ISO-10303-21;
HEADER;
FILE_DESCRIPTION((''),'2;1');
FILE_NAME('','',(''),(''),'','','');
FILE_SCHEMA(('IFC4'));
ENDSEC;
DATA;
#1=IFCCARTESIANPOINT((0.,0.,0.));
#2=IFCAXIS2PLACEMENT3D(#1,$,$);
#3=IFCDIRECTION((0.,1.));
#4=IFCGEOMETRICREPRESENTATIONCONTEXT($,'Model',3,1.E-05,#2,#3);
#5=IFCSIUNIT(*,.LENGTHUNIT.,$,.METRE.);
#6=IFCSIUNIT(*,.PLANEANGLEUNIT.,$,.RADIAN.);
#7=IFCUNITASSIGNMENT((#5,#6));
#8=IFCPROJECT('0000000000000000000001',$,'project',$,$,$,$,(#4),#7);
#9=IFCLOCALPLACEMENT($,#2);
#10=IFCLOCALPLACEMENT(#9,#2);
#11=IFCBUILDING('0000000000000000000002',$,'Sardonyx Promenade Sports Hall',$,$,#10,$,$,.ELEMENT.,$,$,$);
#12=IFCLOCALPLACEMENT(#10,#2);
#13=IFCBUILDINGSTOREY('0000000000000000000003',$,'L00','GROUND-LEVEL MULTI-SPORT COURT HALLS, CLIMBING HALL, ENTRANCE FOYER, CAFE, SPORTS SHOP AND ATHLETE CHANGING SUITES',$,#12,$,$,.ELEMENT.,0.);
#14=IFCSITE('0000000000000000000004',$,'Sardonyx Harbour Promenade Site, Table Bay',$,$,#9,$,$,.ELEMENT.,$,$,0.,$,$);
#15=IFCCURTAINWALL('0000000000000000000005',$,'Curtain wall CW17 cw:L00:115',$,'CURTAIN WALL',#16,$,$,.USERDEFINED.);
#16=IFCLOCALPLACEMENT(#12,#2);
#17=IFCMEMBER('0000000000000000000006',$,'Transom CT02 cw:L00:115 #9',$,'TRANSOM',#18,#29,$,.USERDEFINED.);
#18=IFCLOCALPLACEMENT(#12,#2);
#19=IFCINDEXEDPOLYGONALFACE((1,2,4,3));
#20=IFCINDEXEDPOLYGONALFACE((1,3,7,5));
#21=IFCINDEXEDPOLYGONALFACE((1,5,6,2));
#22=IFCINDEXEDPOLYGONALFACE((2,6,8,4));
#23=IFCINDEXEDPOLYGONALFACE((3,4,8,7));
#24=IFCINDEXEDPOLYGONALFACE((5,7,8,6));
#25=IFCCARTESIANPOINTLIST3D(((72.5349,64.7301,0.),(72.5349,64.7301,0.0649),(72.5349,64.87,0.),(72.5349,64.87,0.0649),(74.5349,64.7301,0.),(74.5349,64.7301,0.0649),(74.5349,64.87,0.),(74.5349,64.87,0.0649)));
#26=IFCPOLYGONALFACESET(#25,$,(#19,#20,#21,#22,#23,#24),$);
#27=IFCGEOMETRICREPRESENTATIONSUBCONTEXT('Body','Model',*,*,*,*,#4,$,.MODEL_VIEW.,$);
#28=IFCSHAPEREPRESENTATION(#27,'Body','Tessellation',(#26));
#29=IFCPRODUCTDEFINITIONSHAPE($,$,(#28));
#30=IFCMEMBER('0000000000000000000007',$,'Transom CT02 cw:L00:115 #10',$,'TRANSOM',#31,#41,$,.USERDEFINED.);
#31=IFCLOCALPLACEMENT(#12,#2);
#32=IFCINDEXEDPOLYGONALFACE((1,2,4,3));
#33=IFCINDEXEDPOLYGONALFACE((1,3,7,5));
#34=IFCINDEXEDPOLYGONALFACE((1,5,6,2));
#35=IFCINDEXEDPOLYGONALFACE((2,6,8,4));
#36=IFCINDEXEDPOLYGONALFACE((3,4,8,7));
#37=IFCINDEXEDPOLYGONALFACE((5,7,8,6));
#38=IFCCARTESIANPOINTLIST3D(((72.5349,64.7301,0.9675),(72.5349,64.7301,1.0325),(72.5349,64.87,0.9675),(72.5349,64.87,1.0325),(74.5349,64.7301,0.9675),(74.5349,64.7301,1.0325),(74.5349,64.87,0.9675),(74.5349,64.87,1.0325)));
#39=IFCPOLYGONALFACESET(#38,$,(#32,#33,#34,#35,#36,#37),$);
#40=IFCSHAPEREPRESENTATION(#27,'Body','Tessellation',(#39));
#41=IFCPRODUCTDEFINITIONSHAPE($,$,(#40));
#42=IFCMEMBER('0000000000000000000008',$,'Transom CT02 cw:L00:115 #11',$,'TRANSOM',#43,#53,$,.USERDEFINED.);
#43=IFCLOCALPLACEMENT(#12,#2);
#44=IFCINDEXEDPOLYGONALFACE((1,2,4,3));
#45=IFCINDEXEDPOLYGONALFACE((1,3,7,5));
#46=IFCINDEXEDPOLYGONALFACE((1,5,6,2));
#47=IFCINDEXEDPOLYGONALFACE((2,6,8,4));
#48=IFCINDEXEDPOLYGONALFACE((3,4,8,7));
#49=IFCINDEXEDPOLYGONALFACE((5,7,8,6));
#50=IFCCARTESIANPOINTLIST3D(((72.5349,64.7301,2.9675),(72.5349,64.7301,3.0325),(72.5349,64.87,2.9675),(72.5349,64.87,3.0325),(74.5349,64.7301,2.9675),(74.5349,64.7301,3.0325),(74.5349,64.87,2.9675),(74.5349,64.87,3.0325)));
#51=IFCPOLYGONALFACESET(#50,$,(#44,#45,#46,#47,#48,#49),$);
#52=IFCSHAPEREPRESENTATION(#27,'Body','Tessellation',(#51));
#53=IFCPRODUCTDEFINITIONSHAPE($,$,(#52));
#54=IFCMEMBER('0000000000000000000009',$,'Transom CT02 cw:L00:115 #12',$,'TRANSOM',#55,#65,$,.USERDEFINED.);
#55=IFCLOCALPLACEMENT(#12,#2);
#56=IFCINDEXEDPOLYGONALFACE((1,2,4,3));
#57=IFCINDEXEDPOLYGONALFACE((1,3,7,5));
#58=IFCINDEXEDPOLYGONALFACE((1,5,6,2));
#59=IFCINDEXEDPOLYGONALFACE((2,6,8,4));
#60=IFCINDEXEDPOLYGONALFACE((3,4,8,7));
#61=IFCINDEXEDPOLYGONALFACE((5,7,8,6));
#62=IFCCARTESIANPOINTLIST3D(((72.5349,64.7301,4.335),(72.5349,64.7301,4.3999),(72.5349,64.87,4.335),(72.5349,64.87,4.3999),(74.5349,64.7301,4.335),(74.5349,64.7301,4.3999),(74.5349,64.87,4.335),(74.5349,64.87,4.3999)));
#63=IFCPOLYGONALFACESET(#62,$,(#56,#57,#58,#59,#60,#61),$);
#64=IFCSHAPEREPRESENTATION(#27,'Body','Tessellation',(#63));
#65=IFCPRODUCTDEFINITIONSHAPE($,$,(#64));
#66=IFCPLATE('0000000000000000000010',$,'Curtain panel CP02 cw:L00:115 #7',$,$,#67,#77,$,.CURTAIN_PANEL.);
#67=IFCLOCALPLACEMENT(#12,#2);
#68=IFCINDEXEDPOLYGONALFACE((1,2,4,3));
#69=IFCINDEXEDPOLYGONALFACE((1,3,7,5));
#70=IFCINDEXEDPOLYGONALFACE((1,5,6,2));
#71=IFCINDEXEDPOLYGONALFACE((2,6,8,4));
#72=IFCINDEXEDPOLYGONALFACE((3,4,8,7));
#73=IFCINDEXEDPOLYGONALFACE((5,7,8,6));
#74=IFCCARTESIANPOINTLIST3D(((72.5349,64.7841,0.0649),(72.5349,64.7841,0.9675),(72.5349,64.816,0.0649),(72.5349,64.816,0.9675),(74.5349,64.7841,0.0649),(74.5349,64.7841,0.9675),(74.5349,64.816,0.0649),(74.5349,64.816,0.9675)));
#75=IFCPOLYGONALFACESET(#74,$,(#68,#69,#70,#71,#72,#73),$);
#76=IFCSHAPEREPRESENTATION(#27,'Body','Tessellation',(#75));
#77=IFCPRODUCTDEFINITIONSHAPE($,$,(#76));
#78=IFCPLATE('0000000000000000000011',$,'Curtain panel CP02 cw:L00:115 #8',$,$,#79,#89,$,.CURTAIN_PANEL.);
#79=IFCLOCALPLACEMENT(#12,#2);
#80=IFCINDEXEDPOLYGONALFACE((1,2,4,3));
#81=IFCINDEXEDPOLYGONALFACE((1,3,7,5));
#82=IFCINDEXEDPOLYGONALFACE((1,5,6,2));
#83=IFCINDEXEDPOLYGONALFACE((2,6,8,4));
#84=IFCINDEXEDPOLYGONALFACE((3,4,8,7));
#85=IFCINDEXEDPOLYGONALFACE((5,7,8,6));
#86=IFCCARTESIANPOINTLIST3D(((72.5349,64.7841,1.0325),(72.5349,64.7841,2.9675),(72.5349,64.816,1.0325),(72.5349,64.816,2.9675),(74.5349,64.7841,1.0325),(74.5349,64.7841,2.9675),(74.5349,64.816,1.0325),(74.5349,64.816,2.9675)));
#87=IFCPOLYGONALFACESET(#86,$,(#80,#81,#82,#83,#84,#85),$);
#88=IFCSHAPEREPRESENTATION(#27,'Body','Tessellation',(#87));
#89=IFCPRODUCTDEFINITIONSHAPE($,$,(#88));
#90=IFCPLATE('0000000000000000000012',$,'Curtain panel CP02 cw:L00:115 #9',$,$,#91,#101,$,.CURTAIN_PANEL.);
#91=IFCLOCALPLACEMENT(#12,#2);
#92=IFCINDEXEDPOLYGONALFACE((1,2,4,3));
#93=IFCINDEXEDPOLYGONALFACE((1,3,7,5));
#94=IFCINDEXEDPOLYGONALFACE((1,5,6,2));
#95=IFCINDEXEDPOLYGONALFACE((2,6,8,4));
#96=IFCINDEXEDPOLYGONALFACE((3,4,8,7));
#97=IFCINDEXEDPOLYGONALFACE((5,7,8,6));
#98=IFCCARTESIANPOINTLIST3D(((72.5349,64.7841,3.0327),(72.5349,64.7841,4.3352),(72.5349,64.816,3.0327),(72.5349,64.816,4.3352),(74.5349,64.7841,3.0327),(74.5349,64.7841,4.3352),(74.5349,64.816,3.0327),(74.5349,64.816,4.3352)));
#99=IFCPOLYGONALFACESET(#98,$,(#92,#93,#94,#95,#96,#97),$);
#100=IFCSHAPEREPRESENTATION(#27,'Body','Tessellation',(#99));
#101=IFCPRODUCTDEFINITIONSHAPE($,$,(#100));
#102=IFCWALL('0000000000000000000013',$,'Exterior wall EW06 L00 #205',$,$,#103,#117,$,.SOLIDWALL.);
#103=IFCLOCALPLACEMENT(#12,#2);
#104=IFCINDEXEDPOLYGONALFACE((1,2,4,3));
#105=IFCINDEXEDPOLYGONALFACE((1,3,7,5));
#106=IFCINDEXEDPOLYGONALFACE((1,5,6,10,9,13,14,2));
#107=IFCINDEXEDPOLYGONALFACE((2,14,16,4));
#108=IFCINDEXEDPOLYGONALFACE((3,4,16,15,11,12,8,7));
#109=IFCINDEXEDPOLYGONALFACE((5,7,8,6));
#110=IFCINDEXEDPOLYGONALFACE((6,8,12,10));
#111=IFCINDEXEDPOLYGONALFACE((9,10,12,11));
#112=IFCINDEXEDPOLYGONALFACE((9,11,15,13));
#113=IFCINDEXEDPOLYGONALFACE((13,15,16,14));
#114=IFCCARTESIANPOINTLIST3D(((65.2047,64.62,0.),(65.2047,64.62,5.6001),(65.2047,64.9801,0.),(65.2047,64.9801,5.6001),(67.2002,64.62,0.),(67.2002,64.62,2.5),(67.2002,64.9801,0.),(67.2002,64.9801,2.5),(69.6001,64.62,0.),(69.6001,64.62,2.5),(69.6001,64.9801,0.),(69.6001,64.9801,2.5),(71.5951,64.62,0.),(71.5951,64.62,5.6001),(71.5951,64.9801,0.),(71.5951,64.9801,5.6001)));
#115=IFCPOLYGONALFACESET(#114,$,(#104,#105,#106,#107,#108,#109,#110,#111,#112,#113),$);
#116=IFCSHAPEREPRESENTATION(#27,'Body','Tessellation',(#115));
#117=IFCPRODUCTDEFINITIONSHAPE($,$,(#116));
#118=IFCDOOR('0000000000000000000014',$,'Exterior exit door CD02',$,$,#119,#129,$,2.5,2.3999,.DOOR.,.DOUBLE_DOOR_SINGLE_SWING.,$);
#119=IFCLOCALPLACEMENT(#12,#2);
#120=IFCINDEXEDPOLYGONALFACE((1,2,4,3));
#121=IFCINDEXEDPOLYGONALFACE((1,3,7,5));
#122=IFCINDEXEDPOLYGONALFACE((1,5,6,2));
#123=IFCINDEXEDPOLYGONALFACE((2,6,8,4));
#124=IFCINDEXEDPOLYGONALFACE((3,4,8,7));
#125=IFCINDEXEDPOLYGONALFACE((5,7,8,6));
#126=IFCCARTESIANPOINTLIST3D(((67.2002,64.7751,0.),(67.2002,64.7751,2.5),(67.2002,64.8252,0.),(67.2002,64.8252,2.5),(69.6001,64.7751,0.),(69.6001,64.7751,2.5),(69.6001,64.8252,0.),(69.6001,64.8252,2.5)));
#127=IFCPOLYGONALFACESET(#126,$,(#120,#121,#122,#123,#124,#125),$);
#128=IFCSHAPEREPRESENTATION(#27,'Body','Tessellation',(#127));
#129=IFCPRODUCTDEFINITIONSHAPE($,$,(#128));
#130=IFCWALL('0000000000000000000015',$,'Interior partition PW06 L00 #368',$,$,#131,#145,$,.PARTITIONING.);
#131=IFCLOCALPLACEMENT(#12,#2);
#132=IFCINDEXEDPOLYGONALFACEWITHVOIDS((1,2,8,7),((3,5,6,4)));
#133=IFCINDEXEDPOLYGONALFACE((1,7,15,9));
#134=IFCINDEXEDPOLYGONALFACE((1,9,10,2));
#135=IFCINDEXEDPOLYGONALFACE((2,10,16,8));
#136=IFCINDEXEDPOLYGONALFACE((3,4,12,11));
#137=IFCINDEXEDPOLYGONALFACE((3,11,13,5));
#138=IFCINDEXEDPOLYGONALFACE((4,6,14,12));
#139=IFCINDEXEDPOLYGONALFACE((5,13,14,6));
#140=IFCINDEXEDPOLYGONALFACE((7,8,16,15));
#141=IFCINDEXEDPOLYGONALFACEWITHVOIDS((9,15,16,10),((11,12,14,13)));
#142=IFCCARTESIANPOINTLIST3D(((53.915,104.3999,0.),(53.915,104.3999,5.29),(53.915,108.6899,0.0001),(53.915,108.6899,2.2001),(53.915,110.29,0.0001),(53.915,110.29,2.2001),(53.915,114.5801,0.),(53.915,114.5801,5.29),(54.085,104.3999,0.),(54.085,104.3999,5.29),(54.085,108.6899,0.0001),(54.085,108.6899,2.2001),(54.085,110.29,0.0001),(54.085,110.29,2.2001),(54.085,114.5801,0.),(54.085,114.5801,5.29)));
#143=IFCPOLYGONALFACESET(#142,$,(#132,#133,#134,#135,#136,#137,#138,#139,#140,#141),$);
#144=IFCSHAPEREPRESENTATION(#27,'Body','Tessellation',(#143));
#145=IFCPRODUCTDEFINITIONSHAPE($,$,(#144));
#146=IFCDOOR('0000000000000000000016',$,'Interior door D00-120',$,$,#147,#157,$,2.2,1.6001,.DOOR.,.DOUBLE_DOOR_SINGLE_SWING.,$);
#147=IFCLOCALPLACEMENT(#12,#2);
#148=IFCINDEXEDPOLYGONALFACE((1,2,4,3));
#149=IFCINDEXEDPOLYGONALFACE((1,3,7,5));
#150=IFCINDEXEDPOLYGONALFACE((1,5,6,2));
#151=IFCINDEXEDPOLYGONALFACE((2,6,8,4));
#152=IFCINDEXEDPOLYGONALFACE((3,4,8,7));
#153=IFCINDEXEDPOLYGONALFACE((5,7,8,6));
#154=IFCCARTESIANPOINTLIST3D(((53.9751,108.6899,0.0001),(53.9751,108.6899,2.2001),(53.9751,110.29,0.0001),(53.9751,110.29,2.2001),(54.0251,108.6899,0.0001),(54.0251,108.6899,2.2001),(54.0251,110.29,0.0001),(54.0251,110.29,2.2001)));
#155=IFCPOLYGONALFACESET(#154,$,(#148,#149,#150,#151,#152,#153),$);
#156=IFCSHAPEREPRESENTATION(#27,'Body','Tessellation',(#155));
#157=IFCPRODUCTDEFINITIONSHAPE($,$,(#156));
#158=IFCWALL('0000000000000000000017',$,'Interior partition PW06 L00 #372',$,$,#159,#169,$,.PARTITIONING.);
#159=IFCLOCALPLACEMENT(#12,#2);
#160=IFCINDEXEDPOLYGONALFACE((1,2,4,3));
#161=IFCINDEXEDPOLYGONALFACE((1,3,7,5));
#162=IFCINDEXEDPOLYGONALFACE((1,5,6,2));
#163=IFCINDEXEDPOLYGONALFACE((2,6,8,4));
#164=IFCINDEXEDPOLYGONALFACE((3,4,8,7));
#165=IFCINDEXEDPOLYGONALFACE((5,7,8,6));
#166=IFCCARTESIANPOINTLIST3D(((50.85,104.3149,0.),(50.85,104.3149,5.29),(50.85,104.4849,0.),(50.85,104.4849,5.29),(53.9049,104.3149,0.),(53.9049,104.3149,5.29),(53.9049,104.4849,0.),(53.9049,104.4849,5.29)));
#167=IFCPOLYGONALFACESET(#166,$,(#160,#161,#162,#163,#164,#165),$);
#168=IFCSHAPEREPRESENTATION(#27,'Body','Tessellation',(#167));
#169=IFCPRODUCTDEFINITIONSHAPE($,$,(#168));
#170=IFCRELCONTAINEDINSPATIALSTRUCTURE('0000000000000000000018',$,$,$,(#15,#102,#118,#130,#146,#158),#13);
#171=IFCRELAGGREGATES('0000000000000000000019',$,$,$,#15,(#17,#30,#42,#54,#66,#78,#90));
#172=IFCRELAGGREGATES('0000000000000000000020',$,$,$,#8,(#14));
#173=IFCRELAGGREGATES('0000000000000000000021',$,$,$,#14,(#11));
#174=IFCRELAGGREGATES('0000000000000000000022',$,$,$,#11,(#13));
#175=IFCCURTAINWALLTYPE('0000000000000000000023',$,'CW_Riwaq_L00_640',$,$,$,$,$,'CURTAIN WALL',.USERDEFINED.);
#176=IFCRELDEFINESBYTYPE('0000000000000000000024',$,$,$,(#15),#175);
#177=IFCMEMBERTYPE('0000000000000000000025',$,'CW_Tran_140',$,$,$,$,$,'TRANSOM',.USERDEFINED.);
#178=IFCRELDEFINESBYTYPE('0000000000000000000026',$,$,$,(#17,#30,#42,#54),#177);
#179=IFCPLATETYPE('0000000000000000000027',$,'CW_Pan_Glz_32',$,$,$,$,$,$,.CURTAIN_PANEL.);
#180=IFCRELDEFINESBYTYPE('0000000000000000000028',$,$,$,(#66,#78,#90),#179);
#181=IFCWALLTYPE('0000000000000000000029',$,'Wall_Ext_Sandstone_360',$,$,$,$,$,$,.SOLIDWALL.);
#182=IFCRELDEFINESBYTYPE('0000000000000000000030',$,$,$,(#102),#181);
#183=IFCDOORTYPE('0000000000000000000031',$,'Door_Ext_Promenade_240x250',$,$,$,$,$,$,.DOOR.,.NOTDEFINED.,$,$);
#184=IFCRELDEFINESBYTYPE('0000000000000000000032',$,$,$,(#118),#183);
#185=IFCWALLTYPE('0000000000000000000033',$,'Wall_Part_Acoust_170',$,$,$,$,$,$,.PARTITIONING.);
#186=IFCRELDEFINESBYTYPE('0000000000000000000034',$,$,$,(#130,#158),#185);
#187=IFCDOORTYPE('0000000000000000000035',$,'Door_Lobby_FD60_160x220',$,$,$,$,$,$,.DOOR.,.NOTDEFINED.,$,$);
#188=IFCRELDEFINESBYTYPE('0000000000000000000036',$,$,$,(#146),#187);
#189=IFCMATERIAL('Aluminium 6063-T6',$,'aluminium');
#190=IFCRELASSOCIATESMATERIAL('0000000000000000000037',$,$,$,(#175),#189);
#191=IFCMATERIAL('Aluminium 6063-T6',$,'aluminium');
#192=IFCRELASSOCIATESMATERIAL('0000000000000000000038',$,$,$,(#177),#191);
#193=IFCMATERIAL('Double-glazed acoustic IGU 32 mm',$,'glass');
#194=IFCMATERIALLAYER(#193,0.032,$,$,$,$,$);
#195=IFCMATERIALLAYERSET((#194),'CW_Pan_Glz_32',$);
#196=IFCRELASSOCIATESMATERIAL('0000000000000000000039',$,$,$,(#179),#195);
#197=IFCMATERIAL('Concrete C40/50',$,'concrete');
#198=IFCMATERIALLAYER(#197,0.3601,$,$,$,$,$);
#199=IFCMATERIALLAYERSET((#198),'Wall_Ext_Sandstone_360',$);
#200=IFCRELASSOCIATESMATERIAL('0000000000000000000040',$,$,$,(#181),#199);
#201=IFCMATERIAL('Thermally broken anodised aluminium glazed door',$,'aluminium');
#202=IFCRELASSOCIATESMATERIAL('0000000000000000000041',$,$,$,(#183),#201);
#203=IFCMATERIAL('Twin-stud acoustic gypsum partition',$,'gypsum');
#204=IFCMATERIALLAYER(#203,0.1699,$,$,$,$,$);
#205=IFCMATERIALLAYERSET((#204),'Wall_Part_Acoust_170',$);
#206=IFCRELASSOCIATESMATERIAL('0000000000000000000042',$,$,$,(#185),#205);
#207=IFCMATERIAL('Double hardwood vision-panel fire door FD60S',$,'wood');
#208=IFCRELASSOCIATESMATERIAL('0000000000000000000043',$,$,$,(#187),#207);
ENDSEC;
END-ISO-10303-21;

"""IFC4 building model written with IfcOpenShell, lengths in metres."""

from ifc_helpers import new_model, si_unit, direction, frame, frame_2d, origin, origin_2d, place, context, subcontext, project, spatial, rectangle, extrude, material, layer, layer_set, material_profile, profile_set, type_object, element, fill, aggregate, save


model = new_model("IFC4")

# Units and contexts
model_context = context("Model", 3, precision=1e-05, world=origin(), true_north=direction((0.0, 1.0)))
body_context = subcontext(model_context, "Body", "Model", "MODEL_VIEW")
ifc_project = project(units=[si_unit("LENGTHUNIT", "METRE"), si_unit("PLANEANGLEUNIT", "RADIAN")], contexts=[model_context])

# Site, building, storey
site_placement = place(None, origin())
site = spatial("IfcSite", under=ifc_project, at=site_placement, Name="Sardonyx Harbour Promenade Site, Table Bay", CompositionType="ELEMENT", RefElevation=0.0)
building_placement = place(site_placement, origin())
building = spatial("IfcBuilding", under=site, at=building_placement, Name="Sardonyx Promenade Sports Hall", CompositionType="ELEMENT")
storey_placement = place(building_placement, origin())
storey = spatial("IfcBuildingStorey", under=building, at=storey_placement, Name="L00", Description="GROUND-LEVEL MULTI-SPORT COURT HALLS, CLIMBING HALL, ENTRANCE FOYER, CAFE, SPORTS SHOP AND ATHLETE CHANGING SUITES", CompositionType="ELEMENT", Elevation=0.0)

# Curtain wall, members, plates
ifc_material_1 = material(Name="Aluminium 6063-T6", Category="aluminium")
curtain_wall_type = type_object("IfcCurtainWallType", Name="CW_Riwaq_L00_640", ElementType="CURTAIN WALL", PredefinedType="USERDEFINED", material=ifc_material_1)
curtain_wall_placement = place(storey_placement, origin())
curtain_wall = element("IfcCurtainWall", 1, at=curtain_wall_placement, inside=storey, type_object=curtain_wall_type, Name="Curtain wall CW17 cw:L00:115", ObjectType="CURTAIN WALL", PredefinedType="USERDEFINED")
ifc_material_2 = material(Name="Aluminium 6063-T6", Category="aluminium")
ifc_material_profile_1 = material_profile(ifc_material_2, rectangle(XDim=0.0649, YDim=0.1399, at=origin_2d()))
ifc_profile_set_1 = profile_set([ifc_material_profile_1], Name="Aluminium 6063-T6")
member_type_1 = type_object("IfcMemberType", Name="CW_Tran_140", ElementType="TRANSOM", PredefinedType="USERDEFINED", material=ifc_profile_set_1)
member_1_placement = place(storey_placement, frame((74.5349, 64.8, 0.0325), z_axis=(-1.0, 0.0, 0.0), x_axis=(0.0, 0.0, 1.0)))
member_1 = element("IfcMember", 2, at=member_1_placement, type_object=member_type_1, Name="Transom CT02 cw:L00:115 #9", ObjectType="TRANSOM", PredefinedType="USERDEFINED", context=body_context, shape_type="SweptSolid", body=[
    extrude(rectangle(XDim=0.0649, YDim=0.1399, at=origin_2d()), origin(), (0.0, 0.0, 1.0), 2.0),
])
member_2_placement = place(storey_placement, frame((74.5349, 64.8, 1.0), z_axis=(-1.0, 0.0, 0.0), x_axis=(0.0, 0.0, 1.0)))
member_2 = element("IfcMember", 3, at=member_2_placement, type_object=member_type_1, Name="Transom CT02 cw:L00:115 #10", ObjectType="TRANSOM", PredefinedType="USERDEFINED", context=body_context, shape_type="SweptSolid", body=[
    extrude(rectangle(XDim=0.0649, YDim=0.1399, at=origin_2d()), origin(), (0.0, 0.0, 1.0), 2.0),
])
member_3_placement = place(storey_placement, frame((74.5349, 64.8, 3.0), z_axis=(-1.0, 0.0, 0.0), x_axis=(0.0, 0.0, 1.0)))
member_3 = element("IfcMember", 4, at=member_3_placement, type_object=member_type_1, Name="Transom CT02 cw:L00:115 #11", ObjectType="TRANSOM", PredefinedType="USERDEFINED", context=body_context, shape_type="SweptSolid", body=[
    extrude(rectangle(XDim=0.0649, YDim=0.1399, at=origin_2d()), origin(), (0.0, 0.0, 1.0), 2.0),
])
member_4_placement = place(storey_placement, frame((74.5349, 64.8, 4.3674), z_axis=(-1.0, 0.0, 0.0), x_axis=(0.0, 0.0, 1.0)))
member_4 = element("IfcMember", 5, at=member_4_placement, type_object=member_type_1, Name="Transom CT02 cw:L00:115 #12", ObjectType="TRANSOM", PredefinedType="USERDEFINED", context=body_context, shape_type="SweptSolid", body=[
    extrude(rectangle(XDim=0.0649, YDim=0.1399, at=origin_2d()), origin(), (0.0, 0.0, 1.0), 2.0),
])
ifc_material_3 = material(Name="Double-glazed acoustic IGU 32 mm", Category="glass")
ifc_layer_1 = layer(ifc_material_3, 0.032)
ifc_layer_set_1 = layer_set([ifc_layer_1], Name="CW_Pan_Glz_32")
plate_type = type_object("IfcPlateType", Name="CW_Pan_Glz_32", PredefinedType="CURTAIN_PANEL", material=ifc_layer_set_1)
plate_1_placement = place(storey_placement, frame((73.5349, 64.8, 0.0649), z_axis=(0.0, 0.0, 1.0), x_axis=(-1.0, 0.0, 0.0)))
plate_1 = element("IfcPlate", 6, at=plate_1_placement, type_object=plate_type, Name="Curtain panel CP02 cw:L00:115 #7", PredefinedType="CURTAIN_PANEL", context=body_context, shape_type="SweptSolid", body=[
    extrude(rectangle(XDim=2.0, YDim=0.032, at=origin_2d()), origin(), (0.0, 0.0, 1.0), 0.9026),
])
plate_2_placement = place(storey_placement, frame((73.5349, 64.8, 1.0325), z_axis=(0.0, 0.0, 1.0), x_axis=(-1.0, 0.0, 0.0)))
plate_2 = element("IfcPlate", 7, at=plate_2_placement, type_object=plate_type, Name="Curtain panel CP02 cw:L00:115 #8", PredefinedType="CURTAIN_PANEL", context=body_context, shape_type="SweptSolid", body=[
    extrude(rectangle(XDim=2.0, YDim=0.032, at=origin_2d()), origin(), (0.0, 0.0, 1.0), 1.9351),
])
plate_3_placement = place(storey_placement, frame((73.5349, 64.8, 3.0327), z_axis=(0.0, 0.0, 1.0), x_axis=(-1.0, 0.0, 0.0)))
plate_3 = element("IfcPlate", 8, at=plate_3_placement, type_object=plate_type, Name="Curtain panel CP02 cw:L00:115 #9", PredefinedType="CURTAIN_PANEL", context=body_context, shape_type="SweptSolid", body=[
    extrude(rectangle(XDim=2.0, YDim=0.032, at=origin_2d()), origin(), (0.0, 0.0, 1.0), 1.3025),
])
aggregate(curtain_wall, [member_1, member_2, member_3, member_4, plate_1, plate_2, plate_3])

# Walls, openings, doors
ifc_material_4 = material(Name="Concrete C40/50", Category="concrete")
ifc_layer_2 = layer(ifc_material_4, 0.3601)
ifc_layer_set_2 = layer_set([ifc_layer_2], Name="Wall_Ext_Sandstone_360")
wall_type_1 = type_object("IfcWallType", Name="Wall_Ext_Sandstone_360", PredefinedType="SOLIDWALL", material=ifc_layer_set_2)
wall_1_placement = place(storey_placement, frame((71.5952, 64.8, 0.0), z_axis=(0.0, 0.0, 1.0), x_axis=(-1.0, 0.0, 0.0)))
wall_1 = element("IfcWall", 9, at=wall_1_placement, inside=storey, type_object=wall_type_1, Name="Exterior wall EW06 L00 #205", PredefinedType="SOLIDWALL", context=body_context, shape_type="SweptSolid", body=[
    extrude(rectangle(XDim=6.3904, YDim=0.3601, at=frame_2d((3.1953, 0.0))), origin(), (0.0, 0.0, 1.0), 5.6001),
])
opening_1_placement = place(wall_1_placement, frame((1.9951, 0.0, 0.0)))
opening_1 = element("IfcOpeningElement", 10, at=opening_1_placement, cuts=wall_1, PredefinedType="OPENING", context=body_context, shape_type="SweptSolid", body=[
    extrude(rectangle(XDim=2.3999, YDim=2.5, at=frame_2d((1.2, 1.25))), frame((0.0, 0.19, 0.0), z_axis=(0.0, -1.0, 0.0), x_axis=(1.0, 0.0, 0.0)), (0.0, 0.0, 1.0), 0.38),
])
ifc_material_5 = material(Name="Thermally broken anodised aluminium glazed door", Category="aluminium")
door_type_1 = type_object("IfcDoorType", Name="Door_Ext_Promenade_240x250", OperationType="NOTDEFINED", PredefinedType="DOOR", material=ifc_material_5)
door_1_placement = place(opening_1_placement, origin())
door_1 = element("IfcDoor", 11, at=door_1_placement, inside=storey, type_object=door_type_1, Name="Exterior exit door CD02", OperationType="DOUBLE_DOOR_SINGLE_SWING", OverallHeight=2.5, OverallWidth=2.3999, PredefinedType="DOOR", context=body_context, shape_type="SweptSolid", body=[
    extrude(rectangle(XDim=2.3999, YDim=2.5, at=frame_2d((1.2, 1.25))), frame((0.0, 0.0249, 0.0), z_axis=(0.0, -1.0, 0.0), x_axis=(1.0, 0.0, 0.0)), (0.0, 0.0, 1.0), 0.05),
])
fill(opening_1, door_1)
ifc_material_6 = material(Name="Twin-stud acoustic gypsum partition", Category="gypsum")
ifc_layer_3 = layer(ifc_material_6, 0.1699)
ifc_layer_set_3 = layer_set([ifc_layer_3], Name="Wall_Part_Acoust_170")
wall_type_2 = type_object("IfcWallType", Name="Wall_Part_Acoust_170", PredefinedType="PARTITIONING", material=ifc_layer_set_3)
wall_2_placement = place(storey_placement, frame((54.0, 104.3999, 0.0), z_axis=(0.0, 0.0, 1.0), x_axis=(0.0, 1.0, 0.0)))
wall_2 = element("IfcWall", 12, at=wall_2_placement, inside=storey, type_object=wall_type_2, Name="Interior partition PW06 L00 #368", PredefinedType="PARTITIONING", context=body_context, shape_type="SweptSolid", body=[
    extrude(rectangle(XDim=10.1802, YDim=0.1699, at=frame_2d((5.0901, 0.0))), origin(), (0.0, 0.0, 1.0), 5.29),
])
opening_2_placement = place(wall_2_placement, frame((4.29, 0.0, 0.0)))
opening_2 = element("IfcOpeningElement", 13, at=opening_2_placement, cuts=wall_2, PredefinedType="OPENING", context=body_context, shape_type="SweptSolid", body=[
    extrude(rectangle(XDim=1.6001, YDim=2.2, at=frame_2d((0.8, 1.1001))), frame((0.0, 0.095, 0.0), z_axis=(0.0, -1.0, 0.0), x_axis=(1.0, 0.0, 0.0)), (0.0, 0.0, 1.0), 0.19),
])
ifc_material_7 = material(Name="Double hardwood vision-panel fire door FD60S", Category="wood")
door_type_2 = type_object("IfcDoorType", Name="Door_Lobby_FD60_160x220", OperationType="NOTDEFINED", PredefinedType="DOOR", material=ifc_material_7)
door_2_placement = place(opening_2_placement, origin())
door_2 = element("IfcDoor", 14, at=door_2_placement, inside=storey, type_object=door_type_2, Name="Interior door D00-120", OperationType="DOUBLE_DOOR_SINGLE_SWING", OverallHeight=2.2, OverallWidth=1.6001, PredefinedType="DOOR", context=body_context, shape_type="SweptSolid", body=[
    extrude(rectangle(XDim=1.6001, YDim=2.2, at=frame_2d((0.8, 1.1001))), frame((0.0, 0.0249, 0.0), z_axis=(0.0, -1.0, 0.0), x_axis=(1.0, 0.0, 0.0)), (0.0, 0.0, 1.0), 0.05),
])
fill(opening_2, door_2)

# Wall
wall_3_placement = place(storey_placement, frame((50.8501, 104.3999, 0.0), z_axis=(0.0, 0.0, 1.0), x_axis=(1.0, 0.0, 0.0)))
element("IfcWall", 15, at=wall_3_placement, inside=storey, type_object=wall_type_2, Name="Interior partition PW06 L00 #372", PredefinedType="PARTITIONING", context=body_context, shape_type="SweptSolid", body=[
    extrude(rectangle(XDim=3.0549, YDim=0.1699, at=frame_2d((1.5273, 0.0))), origin(), (0.0, 0.0, 1.0), 5.29),
])

save(model, "model.ifc")
